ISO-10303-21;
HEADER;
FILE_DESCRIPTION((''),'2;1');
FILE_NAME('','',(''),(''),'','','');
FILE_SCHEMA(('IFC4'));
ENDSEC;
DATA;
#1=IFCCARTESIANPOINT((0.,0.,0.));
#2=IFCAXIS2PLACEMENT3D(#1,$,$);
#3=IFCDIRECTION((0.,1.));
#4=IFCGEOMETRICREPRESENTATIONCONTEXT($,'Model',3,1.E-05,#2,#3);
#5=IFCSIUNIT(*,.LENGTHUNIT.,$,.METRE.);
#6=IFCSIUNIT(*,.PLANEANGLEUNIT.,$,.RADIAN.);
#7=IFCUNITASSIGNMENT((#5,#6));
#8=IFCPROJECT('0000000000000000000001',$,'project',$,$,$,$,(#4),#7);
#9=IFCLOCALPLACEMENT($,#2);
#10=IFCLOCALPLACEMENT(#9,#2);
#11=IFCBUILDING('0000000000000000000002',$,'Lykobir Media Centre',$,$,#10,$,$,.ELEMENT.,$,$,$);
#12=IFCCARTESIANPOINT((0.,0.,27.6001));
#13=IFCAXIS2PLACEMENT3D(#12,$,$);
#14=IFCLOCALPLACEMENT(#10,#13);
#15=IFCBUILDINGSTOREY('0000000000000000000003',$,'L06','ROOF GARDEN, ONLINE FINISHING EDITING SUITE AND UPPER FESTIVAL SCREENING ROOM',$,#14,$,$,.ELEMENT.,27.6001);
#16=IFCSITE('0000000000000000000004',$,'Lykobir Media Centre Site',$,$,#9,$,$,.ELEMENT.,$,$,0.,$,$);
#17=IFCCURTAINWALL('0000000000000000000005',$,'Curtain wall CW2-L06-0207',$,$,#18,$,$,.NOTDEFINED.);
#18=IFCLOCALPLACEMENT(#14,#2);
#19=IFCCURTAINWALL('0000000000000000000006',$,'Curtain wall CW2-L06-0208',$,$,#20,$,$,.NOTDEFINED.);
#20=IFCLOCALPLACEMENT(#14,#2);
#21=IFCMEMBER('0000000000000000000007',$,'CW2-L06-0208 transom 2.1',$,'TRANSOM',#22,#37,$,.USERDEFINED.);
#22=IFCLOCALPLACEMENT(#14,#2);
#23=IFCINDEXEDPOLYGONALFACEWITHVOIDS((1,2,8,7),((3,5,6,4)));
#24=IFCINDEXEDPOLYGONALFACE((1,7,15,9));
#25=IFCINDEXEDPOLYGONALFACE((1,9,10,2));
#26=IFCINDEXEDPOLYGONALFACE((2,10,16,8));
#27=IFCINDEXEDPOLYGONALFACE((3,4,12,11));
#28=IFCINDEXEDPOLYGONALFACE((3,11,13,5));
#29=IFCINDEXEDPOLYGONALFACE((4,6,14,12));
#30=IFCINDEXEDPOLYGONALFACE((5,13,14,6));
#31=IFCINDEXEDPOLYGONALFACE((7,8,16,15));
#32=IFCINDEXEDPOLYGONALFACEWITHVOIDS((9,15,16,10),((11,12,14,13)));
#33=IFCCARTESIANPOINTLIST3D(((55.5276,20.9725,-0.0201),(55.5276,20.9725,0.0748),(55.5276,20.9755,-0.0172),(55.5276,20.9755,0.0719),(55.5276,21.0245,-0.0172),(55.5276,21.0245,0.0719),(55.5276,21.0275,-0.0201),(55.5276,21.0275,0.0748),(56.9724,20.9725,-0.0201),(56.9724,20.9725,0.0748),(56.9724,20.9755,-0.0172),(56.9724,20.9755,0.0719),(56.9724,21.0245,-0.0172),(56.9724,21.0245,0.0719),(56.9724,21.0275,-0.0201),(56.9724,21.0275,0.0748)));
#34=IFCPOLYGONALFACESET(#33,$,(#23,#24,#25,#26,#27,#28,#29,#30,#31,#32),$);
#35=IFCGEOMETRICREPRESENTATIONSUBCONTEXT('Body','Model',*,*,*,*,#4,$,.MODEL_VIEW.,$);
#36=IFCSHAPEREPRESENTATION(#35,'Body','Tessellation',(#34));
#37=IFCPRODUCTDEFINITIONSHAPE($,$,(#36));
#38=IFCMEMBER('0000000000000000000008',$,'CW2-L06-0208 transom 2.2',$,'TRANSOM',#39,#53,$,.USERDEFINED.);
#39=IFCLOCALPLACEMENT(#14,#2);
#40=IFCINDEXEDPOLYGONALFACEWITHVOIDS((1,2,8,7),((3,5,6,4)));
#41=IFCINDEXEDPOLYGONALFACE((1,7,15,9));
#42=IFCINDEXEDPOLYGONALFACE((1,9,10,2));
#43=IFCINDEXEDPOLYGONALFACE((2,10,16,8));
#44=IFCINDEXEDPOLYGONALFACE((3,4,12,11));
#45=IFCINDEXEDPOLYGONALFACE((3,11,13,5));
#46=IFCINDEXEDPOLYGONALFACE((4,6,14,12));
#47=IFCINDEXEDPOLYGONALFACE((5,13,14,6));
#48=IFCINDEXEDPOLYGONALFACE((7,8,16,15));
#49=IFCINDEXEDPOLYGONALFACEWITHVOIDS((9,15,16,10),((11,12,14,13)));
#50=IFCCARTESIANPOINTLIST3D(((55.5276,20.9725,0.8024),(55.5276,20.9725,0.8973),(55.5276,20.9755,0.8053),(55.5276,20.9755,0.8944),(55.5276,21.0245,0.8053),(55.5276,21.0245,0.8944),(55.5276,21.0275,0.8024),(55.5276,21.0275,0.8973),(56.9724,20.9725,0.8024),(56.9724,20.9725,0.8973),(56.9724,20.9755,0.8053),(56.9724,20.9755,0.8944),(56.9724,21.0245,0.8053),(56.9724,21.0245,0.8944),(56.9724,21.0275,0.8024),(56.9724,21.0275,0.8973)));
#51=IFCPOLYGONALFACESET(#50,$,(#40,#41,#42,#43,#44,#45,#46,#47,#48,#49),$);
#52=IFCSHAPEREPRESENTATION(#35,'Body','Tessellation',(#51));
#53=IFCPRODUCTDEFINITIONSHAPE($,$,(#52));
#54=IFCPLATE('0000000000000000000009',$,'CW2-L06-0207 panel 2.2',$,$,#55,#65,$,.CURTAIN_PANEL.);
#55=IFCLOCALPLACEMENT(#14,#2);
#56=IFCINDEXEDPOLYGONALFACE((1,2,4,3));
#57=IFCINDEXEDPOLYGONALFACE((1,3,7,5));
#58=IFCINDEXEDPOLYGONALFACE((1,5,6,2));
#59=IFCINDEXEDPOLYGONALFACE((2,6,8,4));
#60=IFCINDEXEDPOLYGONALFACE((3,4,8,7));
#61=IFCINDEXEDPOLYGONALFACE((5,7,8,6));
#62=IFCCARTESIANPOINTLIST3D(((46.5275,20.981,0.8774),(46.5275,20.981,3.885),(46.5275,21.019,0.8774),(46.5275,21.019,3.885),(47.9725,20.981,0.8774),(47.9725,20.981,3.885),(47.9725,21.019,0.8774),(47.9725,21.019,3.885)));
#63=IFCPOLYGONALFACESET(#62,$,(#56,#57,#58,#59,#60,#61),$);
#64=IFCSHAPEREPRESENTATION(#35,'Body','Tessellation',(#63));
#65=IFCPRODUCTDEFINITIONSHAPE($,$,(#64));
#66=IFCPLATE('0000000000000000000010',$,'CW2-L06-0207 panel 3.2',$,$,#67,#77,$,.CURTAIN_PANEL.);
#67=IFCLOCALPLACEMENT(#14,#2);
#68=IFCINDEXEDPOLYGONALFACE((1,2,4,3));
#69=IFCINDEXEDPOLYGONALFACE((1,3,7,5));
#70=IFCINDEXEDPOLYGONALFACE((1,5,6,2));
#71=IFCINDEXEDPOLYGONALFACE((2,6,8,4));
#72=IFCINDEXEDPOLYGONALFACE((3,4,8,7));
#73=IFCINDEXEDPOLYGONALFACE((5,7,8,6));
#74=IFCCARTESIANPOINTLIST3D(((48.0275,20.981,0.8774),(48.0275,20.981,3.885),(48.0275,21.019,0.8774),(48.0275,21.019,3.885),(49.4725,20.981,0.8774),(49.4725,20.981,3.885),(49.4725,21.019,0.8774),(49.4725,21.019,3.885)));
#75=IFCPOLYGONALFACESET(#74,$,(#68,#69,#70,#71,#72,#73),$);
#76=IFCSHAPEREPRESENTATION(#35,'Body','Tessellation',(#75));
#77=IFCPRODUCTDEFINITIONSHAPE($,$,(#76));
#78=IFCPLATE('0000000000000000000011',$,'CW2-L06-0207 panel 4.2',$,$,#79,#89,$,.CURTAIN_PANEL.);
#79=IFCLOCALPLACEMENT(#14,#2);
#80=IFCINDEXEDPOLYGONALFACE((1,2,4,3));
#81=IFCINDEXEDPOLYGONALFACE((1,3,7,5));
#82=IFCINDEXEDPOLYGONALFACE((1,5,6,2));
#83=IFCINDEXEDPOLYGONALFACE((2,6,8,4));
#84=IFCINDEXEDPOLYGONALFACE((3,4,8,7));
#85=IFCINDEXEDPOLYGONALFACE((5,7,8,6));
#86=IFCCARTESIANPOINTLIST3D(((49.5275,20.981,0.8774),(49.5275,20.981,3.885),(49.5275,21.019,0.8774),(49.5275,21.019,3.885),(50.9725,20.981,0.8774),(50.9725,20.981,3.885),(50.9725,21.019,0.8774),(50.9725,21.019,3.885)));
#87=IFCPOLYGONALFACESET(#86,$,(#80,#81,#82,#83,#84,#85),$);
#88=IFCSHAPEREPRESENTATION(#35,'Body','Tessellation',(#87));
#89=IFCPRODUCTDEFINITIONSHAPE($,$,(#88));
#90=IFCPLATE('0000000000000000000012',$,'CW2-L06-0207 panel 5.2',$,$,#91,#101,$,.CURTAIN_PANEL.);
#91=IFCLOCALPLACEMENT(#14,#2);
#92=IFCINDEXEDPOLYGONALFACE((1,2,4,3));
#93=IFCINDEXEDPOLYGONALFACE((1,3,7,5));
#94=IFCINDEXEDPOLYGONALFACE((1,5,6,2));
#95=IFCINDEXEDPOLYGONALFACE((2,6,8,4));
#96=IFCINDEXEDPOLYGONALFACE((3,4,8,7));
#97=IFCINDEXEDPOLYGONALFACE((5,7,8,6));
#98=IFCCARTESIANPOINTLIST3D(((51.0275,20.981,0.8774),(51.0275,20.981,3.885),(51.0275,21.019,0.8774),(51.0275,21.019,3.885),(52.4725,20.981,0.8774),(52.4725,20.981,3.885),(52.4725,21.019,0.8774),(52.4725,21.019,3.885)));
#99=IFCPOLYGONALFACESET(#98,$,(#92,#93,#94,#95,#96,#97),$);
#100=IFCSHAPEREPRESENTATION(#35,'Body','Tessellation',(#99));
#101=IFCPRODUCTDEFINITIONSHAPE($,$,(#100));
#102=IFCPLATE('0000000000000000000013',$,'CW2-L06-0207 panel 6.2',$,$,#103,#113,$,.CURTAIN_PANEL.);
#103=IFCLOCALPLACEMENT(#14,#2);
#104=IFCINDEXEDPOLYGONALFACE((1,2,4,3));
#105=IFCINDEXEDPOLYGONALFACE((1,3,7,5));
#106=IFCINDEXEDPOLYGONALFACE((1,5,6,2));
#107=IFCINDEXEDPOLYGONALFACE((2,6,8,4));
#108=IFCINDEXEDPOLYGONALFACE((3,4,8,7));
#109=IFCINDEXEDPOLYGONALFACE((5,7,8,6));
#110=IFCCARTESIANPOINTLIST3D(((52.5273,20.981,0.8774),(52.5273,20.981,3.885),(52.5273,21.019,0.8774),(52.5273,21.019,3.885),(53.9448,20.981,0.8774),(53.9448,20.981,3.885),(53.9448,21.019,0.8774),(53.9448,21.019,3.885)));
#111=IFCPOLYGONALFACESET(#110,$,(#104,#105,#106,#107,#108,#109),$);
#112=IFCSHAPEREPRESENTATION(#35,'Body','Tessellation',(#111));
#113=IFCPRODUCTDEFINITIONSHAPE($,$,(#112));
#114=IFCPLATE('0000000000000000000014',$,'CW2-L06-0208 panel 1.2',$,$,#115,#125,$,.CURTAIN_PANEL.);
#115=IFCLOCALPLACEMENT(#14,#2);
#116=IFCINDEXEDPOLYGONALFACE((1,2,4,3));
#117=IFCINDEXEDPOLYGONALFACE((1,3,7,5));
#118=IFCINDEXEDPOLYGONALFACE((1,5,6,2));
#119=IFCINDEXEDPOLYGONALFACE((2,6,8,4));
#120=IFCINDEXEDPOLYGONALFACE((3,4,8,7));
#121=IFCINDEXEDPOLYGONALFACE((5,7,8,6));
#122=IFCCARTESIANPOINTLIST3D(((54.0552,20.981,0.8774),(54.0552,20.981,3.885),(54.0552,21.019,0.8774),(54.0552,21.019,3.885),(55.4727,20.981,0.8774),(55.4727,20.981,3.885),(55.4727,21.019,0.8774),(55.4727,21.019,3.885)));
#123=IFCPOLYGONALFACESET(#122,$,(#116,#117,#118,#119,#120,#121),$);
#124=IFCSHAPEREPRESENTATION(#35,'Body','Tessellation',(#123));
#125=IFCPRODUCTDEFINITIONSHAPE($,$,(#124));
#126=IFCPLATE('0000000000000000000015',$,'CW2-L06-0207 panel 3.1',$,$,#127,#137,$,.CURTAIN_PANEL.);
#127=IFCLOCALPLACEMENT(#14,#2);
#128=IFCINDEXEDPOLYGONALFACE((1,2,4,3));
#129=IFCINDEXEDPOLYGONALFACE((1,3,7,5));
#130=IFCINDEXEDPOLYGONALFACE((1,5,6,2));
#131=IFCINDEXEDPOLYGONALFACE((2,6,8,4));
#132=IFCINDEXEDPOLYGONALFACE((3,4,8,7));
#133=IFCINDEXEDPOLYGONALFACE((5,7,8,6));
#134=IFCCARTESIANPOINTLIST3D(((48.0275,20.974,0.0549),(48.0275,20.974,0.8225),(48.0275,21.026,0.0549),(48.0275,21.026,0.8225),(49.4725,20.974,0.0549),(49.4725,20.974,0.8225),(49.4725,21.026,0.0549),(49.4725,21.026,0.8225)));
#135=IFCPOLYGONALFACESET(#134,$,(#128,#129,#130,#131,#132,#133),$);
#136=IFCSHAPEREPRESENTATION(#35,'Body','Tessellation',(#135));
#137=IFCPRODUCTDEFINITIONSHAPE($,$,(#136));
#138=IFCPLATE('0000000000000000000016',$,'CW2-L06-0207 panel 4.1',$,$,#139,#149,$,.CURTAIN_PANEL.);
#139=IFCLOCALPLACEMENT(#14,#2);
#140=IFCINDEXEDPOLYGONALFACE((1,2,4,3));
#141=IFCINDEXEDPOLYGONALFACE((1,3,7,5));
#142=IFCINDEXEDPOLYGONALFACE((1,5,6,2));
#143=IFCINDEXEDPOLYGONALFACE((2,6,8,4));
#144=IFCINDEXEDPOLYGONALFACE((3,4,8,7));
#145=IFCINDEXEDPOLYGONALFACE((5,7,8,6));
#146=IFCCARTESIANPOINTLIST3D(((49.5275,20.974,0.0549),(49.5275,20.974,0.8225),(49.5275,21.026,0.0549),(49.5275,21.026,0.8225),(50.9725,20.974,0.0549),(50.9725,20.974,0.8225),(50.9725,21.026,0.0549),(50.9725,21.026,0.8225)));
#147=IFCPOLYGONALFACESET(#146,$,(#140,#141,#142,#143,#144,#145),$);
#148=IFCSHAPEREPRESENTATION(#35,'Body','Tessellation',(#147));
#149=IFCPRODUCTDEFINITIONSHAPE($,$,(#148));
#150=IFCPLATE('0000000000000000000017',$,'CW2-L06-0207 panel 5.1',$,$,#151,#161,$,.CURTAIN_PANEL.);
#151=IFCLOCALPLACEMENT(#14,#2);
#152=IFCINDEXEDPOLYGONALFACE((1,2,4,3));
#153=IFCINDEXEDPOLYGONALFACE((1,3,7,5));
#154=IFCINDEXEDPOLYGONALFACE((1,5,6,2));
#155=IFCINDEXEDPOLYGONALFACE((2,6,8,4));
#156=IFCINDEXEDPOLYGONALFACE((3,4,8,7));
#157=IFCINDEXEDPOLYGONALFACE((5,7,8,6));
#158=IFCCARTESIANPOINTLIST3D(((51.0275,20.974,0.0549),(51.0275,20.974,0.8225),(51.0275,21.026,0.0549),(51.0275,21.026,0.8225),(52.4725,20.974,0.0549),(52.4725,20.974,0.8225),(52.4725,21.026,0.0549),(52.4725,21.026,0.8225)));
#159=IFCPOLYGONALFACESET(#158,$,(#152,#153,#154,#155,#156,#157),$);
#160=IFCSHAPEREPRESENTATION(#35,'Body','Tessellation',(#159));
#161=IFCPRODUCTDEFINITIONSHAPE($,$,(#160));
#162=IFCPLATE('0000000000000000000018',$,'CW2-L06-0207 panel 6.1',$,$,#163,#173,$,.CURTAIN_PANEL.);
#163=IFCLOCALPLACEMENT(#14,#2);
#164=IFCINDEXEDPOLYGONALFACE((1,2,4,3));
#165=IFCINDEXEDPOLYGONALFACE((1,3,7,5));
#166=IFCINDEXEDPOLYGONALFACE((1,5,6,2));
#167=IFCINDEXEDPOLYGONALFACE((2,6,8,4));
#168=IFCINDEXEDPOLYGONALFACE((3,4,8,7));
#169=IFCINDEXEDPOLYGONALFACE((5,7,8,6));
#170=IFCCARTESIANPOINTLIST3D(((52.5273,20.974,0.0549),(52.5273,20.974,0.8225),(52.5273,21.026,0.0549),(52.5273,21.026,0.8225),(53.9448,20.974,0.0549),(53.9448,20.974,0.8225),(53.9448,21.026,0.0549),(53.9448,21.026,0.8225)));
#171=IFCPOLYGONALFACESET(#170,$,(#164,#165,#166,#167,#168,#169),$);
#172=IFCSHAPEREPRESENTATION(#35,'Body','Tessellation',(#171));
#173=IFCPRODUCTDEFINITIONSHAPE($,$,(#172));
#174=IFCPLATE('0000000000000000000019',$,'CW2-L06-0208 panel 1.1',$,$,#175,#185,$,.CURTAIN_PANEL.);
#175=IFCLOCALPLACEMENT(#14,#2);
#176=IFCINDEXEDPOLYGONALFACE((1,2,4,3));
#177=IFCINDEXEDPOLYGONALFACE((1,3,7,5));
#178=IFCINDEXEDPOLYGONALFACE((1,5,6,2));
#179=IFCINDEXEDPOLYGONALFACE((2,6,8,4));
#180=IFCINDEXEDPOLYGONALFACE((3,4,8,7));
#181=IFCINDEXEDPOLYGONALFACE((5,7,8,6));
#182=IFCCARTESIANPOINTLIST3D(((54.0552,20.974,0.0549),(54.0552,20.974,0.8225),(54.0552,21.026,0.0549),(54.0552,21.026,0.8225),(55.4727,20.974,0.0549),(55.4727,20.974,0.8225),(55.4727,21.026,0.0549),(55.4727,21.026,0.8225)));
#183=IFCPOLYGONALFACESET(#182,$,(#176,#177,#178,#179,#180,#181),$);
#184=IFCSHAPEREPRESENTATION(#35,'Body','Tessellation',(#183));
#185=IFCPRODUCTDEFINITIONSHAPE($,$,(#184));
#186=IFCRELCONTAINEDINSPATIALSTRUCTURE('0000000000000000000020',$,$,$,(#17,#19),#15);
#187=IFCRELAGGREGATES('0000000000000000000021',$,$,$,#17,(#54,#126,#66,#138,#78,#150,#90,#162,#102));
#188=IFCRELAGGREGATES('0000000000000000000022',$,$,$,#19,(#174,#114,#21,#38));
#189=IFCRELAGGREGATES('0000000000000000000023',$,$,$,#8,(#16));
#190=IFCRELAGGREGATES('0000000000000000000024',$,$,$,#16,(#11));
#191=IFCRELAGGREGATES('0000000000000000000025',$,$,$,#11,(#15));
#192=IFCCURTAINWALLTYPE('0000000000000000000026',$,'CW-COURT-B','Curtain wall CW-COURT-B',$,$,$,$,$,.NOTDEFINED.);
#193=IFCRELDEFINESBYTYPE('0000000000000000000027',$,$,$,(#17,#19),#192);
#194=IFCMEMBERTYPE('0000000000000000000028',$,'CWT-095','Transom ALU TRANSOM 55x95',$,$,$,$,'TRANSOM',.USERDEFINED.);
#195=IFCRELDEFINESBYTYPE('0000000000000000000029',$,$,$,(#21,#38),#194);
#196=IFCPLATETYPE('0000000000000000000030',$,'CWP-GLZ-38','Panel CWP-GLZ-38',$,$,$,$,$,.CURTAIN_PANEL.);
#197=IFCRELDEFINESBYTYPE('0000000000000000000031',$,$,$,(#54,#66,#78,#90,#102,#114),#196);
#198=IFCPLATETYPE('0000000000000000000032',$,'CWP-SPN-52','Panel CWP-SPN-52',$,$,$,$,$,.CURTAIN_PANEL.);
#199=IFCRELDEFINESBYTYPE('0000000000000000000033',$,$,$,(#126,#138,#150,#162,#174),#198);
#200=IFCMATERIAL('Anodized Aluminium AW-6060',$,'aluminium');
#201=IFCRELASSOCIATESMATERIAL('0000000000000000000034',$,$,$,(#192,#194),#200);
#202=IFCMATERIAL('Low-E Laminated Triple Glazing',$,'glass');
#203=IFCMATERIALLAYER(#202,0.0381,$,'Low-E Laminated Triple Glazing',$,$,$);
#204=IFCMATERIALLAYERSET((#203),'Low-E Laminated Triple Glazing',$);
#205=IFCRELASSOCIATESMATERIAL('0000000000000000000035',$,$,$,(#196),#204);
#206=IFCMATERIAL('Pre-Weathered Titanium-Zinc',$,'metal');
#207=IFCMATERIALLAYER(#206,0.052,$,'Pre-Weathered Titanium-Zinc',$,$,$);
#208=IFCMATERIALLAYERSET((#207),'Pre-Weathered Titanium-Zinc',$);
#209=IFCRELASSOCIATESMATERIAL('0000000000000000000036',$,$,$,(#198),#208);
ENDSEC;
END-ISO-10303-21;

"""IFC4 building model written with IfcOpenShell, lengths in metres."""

from ifc_helpers import new_model, si_unit, direction, frame, origin, origin_2d, place, context, subcontext, project, spatial, rectangle, hollow_rectangle, extrude, material, layer, layer_set, material_profile, profile_set, type_object, element, aggregate, save


model = new_model("IFC4")

# Units and contexts
model_context = context("Model", 3, precision=1e-05, world=origin(), true_north=direction((0.0, 1.0)))
body_context = subcontext(model_context, "Body", "Model", "MODEL_VIEW")
ifc_project = project(units=[si_unit("LENGTHUNIT", "METRE"), si_unit("PLANEANGLEUNIT", "RADIAN")], contexts=[model_context])

# Site, building, storey
site_placement = place(None, origin())
site = spatial("IfcSite", under=ifc_project, at=site_placement, Name="Lykobir Media Centre Site", CompositionType="ELEMENT", RefElevation=0.0)
building_placement = place(site_placement, origin())
building = spatial("IfcBuilding", under=site, at=building_placement, Name="Lykobir Media Centre", CompositionType="ELEMENT")
storey_placement = place(building_placement, frame((0.0, 0.0, 27.6001)))
storey = spatial("IfcBuildingStorey", under=building, at=storey_placement, Name="L06", Description="ROOF GARDEN, ONLINE FINISHING EDITING SUITE AND UPPER FESTIVAL SCREENING ROOM", CompositionType="ELEMENT", Elevation=27.6001)

# Curtain walls
ifc_material_1 = material(Name="Anodized Aluminium AW-6060", Category="aluminium")
curtain_wall_type = type_object("IfcCurtainWallType", Name="CW-COURT-B", Description="Curtain wall CW-COURT-B", PredefinedType="NOTDEFINED", material=ifc_material_1)
curtain_wall_1_placement = place(storey_placement, origin())
curtain_wall_1 = element("IfcCurtainWall", 1, at=curtain_wall_1_placement, inside=storey, type_object=curtain_wall_type, Name="Curtain wall CW2-L06-0207", PredefinedType="NOTDEFINED")
curtain_wall_2_placement = place(storey_placement, origin())
curtain_wall_2 = element("IfcCurtainWall", 2, at=curtain_wall_2_placement, inside=storey, type_object=curtain_wall_type, Name="Curtain wall CW2-L06-0208", PredefinedType="NOTDEFINED")

# Members
ifc_material_profile_1 = material_profile(ifc_material_1, hollow_rectangle(XDim=0.0549, YDim=0.095, WallThickness=0.0029, at=origin_2d()), Name="ALU TRANSOM 55x95")
ifc_profile_set_1 = profile_set([ifc_material_profile_1], Name="Anodized Aluminium AW-6060")
member_type_1 = type_object("IfcMemberType", Name="CWT-095", Description="Transom ALU TRANSOM 55x95", ElementType="TRANSOM", PredefinedType="USERDEFINED", material=ifc_profile_set_1)
member_1_placement = place(storey_placement, frame((55.5276, 21.0, 0.0273), z_axis=(1.0, 0.0, 0.0), x_axis=(0.0, 1.0, 0.0)))
member_1 = element("IfcMember", 3, at=member_1_placement, type_object=member_type_1, Name="CW2-L06-0208 transom 2.1", ObjectType="TRANSOM", PredefinedType="USERDEFINED", context=body_context, shape_type="SweptSolid", body=[
    extrude(hollow_rectangle(XDim=0.0549, YDim=0.095, WallThickness=0.0029, at=origin_2d()), origin(), (0.0, 0.0, 1.0), 1.4448),
])
member_2_placement = place(storey_placement, frame((55.5276, 21.0, 0.8499), z_axis=(1.0, 0.0, 0.0), x_axis=(0.0, 1.0, 0.0)))
member_2 = element("IfcMember", 4, at=member_2_placement, type_object=member_type_1, Name="CW2-L06-0208 transom 2.2", ObjectType="TRANSOM", PredefinedType="USERDEFINED", context=body_context, shape_type="SweptSolid", body=[
    extrude(hollow_rectangle(XDim=0.0549, YDim=0.095, WallThickness=0.0029, at=origin_2d()), origin(), (0.0, 0.0, 1.0), 1.4448),
])

# Plates
ifc_material_2 = material(Name="Low-E Laminated Triple Glazing", Category="glass")
ifc_layer_1 = layer(ifc_material_2, 0.0381, Name="Low-E Laminated Triple Glazing")
ifc_layer_set_1 = layer_set([ifc_layer_1], Name="Low-E Laminated Triple Glazing")
plate_type_1 = type_object("IfcPlateType", Name="CWP-GLZ-38", Description="Panel CWP-GLZ-38", PredefinedType="CURTAIN_PANEL", material=ifc_layer_set_1)
plate_1_placement = place(storey_placement, frame((47.25, 21.0, 0.8774), z_axis=(0.0, 0.0, 1.0), x_axis=(1.0, 0.0, 0.0)))
plate_1 = element("IfcPlate", 5, at=plate_1_placement, type_object=plate_type_1, Name="CW2-L06-0207 panel 2.2", PredefinedType="CURTAIN_PANEL", context=body_context, shape_type="SweptSolid", body=[
    extrude(rectangle(XDim=1.4451, YDim=0.0381, at=origin_2d()), origin(), (0.0, 0.0, 1.0), 3.0076),
])
plate_2_placement = place(storey_placement, frame((48.75, 21.0, 0.8774), z_axis=(0.0, 0.0, 1.0), x_axis=(1.0, 0.0, 0.0)))
plate_2 = element("IfcPlate", 6, at=plate_2_placement, type_object=plate_type_1, Name="CW2-L06-0207 panel 3.2", PredefinedType="CURTAIN_PANEL", context=body_context, shape_type="SweptSolid", body=[
    extrude(rectangle(XDim=1.4451, YDim=0.0381, at=origin_2d()), origin(), (0.0, 0.0, 1.0), 3.0076),
])
plate_3_placement = place(storey_placement, frame((50.25, 21.0, 0.8774), z_axis=(0.0, 0.0, 1.0), x_axis=(1.0, 0.0, 0.0)))
plate_3 = element("IfcPlate", 7, at=plate_3_placement, type_object=plate_type_1, Name="CW2-L06-0207 panel 4.2", PredefinedType="CURTAIN_PANEL", context=body_context, shape_type="SweptSolid", body=[
    extrude(rectangle(XDim=1.4451, YDim=0.0381, at=origin_2d()), origin(), (0.0, 0.0, 1.0), 3.0076),
])
plate_4_placement = place(storey_placement, frame((51.75, 21.0, 0.8774), z_axis=(0.0, 0.0, 1.0), x_axis=(1.0, 0.0, 0.0)))
plate_4 = element("IfcPlate", 8, at=plate_4_placement, type_object=plate_type_1, Name="CW2-L06-0207 panel 5.2", PredefinedType="CURTAIN_PANEL", context=body_context, shape_type="SweptSolid", body=[
    extrude(rectangle(XDim=1.4451, YDim=0.0381, at=origin_2d()), origin(), (0.0, 0.0, 1.0), 3.0076),
])
plate_5_placement = place(storey_placement, frame((53.2361, 21.0, 0.8774), z_axis=(0.0, 0.0, 1.0), x_axis=(1.0, 0.0, 0.0)))
plate_5 = element("IfcPlate", 9, at=plate_5_placement, type_object=plate_type_1, Name="CW2-L06-0207 panel 6.2", PredefinedType="CURTAIN_PANEL", context=body_context, shape_type="SweptSolid", body=[
    extrude(rectangle(XDim=1.4175, YDim=0.0381, at=origin_2d()), origin(), (0.0, 0.0, 1.0), 3.0076),
])
plate_6_placement = place(storey_placement, frame((54.7639, 21.0, 0.8774), z_axis=(0.0, 0.0, 1.0), x_axis=(1.0, 0.0, 0.0)))
plate_6 = element("IfcPlate", 10, at=plate_6_placement, type_object=plate_type_1, Name="CW2-L06-0208 panel 1.2", PredefinedType="CURTAIN_PANEL", context=body_context, shape_type="SweptSolid", body=[
    extrude(rectangle(XDim=1.4175, YDim=0.0381, at=origin_2d()), origin(), (0.0, 0.0, 1.0), 3.0076),
])
ifc_material_3 = material(Name="Pre-Weathered Titanium-Zinc", Category="metal")
ifc_layer_2 = layer(ifc_material_3, 0.052, Name="Pre-Weathered Titanium-Zinc")
ifc_layer_set_2 = layer_set([ifc_layer_2], Name="Pre-Weathered Titanium-Zinc")
plate_type_2 = type_object("IfcPlateType", Name="CWP-SPN-52", Description="Panel CWP-SPN-52", PredefinedType="CURTAIN_PANEL", material=ifc_layer_set_2)
plate_7_placement = place(storey_placement, frame((48.75, 21.0, 0.0549), z_axis=(0.0, 0.0, 1.0), x_axis=(1.0, 0.0, 0.0)))
plate_7 = element("IfcPlate", 11, at=plate_7_placement, type_object=plate_type_2, Name="CW2-L06-0207 panel 3.1", PredefinedType="CURTAIN_PANEL", context=body_context, shape_type="SweptSolid", body=[
    extrude(rectangle(XDim=1.4451, YDim=0.052, at=origin_2d()), origin(), (0.0, 0.0, 1.0), 0.7676),
])
plate_8_placement = place(storey_placement, frame((50.25, 21.0, 0.0549), z_axis=(0.0, 0.0, 1.0), x_axis=(1.0, 0.0, 0.0)))
plate_8 = element("IfcPlate", 12, at=plate_8_placement, type_object=plate_type_2, Name="CW2-L06-0207 panel 4.1", PredefinedType="CURTAIN_PANEL", context=body_context, shape_type="SweptSolid", body=[
    extrude(rectangle(XDim=1.4451, YDim=0.052, at=origin_2d()), origin(), (0.0, 0.0, 1.0), 0.7676),
])
plate_9_placement = place(storey_placement, frame((51.75, 21.0, 0.0549), z_axis=(0.0, 0.0, 1.0), x_axis=(1.0, 0.0, 0.0)))
plate_9 = element("IfcPlate", 13, at=plate_9_placement, type_object=plate_type_2, Name="CW2-L06-0207 panel 5.1", PredefinedType="CURTAIN_PANEL", context=body_context, shape_type="SweptSolid", body=[
    extrude(rectangle(XDim=1.4451, YDim=0.052, at=origin_2d()), origin(), (0.0, 0.0, 1.0), 0.7676),
])
plate_10_placement = place(storey_placement, frame((53.2361, 21.0, 0.0549), z_axis=(0.0, 0.0, 1.0), x_axis=(1.0, 0.0, 0.0)))
plate_10 = element("IfcPlate", 14, at=plate_10_placement, type_object=plate_type_2, Name="CW2-L06-0207 panel 6.1", PredefinedType="CURTAIN_PANEL", context=body_context, shape_type="SweptSolid", body=[
    extrude(rectangle(XDim=1.4175, YDim=0.052, at=origin_2d()), origin(), (0.0, 0.0, 1.0), 0.7676),
])
aggregate(curtain_wall_1, [plate_1, plate_7, plate_2, plate_8, plate_3, plate_9, plate_4, plate_10, plate_5])
plate_11_placement = place(storey_placement, frame((54.7639, 21.0, 0.0549), z_axis=(0.0, 0.0, 1.0), x_axis=(1.0, 0.0, 0.0)))
plate_11 = element("IfcPlate", 15, at=plate_11_placement, type_object=plate_type_2, Name="CW2-L06-0208 panel 1.1", PredefinedType="CURTAIN_PANEL", context=body_context, shape_type="SweptSolid", body=[
    extrude(rectangle(XDim=1.4175, YDim=0.052, at=origin_2d()), origin(), (0.0, 0.0, 1.0), 0.7676),
])
aggregate(curtain_wall_2, [plate_11, plate_6, member_1, member_2])

save(model, "model.ifc")
